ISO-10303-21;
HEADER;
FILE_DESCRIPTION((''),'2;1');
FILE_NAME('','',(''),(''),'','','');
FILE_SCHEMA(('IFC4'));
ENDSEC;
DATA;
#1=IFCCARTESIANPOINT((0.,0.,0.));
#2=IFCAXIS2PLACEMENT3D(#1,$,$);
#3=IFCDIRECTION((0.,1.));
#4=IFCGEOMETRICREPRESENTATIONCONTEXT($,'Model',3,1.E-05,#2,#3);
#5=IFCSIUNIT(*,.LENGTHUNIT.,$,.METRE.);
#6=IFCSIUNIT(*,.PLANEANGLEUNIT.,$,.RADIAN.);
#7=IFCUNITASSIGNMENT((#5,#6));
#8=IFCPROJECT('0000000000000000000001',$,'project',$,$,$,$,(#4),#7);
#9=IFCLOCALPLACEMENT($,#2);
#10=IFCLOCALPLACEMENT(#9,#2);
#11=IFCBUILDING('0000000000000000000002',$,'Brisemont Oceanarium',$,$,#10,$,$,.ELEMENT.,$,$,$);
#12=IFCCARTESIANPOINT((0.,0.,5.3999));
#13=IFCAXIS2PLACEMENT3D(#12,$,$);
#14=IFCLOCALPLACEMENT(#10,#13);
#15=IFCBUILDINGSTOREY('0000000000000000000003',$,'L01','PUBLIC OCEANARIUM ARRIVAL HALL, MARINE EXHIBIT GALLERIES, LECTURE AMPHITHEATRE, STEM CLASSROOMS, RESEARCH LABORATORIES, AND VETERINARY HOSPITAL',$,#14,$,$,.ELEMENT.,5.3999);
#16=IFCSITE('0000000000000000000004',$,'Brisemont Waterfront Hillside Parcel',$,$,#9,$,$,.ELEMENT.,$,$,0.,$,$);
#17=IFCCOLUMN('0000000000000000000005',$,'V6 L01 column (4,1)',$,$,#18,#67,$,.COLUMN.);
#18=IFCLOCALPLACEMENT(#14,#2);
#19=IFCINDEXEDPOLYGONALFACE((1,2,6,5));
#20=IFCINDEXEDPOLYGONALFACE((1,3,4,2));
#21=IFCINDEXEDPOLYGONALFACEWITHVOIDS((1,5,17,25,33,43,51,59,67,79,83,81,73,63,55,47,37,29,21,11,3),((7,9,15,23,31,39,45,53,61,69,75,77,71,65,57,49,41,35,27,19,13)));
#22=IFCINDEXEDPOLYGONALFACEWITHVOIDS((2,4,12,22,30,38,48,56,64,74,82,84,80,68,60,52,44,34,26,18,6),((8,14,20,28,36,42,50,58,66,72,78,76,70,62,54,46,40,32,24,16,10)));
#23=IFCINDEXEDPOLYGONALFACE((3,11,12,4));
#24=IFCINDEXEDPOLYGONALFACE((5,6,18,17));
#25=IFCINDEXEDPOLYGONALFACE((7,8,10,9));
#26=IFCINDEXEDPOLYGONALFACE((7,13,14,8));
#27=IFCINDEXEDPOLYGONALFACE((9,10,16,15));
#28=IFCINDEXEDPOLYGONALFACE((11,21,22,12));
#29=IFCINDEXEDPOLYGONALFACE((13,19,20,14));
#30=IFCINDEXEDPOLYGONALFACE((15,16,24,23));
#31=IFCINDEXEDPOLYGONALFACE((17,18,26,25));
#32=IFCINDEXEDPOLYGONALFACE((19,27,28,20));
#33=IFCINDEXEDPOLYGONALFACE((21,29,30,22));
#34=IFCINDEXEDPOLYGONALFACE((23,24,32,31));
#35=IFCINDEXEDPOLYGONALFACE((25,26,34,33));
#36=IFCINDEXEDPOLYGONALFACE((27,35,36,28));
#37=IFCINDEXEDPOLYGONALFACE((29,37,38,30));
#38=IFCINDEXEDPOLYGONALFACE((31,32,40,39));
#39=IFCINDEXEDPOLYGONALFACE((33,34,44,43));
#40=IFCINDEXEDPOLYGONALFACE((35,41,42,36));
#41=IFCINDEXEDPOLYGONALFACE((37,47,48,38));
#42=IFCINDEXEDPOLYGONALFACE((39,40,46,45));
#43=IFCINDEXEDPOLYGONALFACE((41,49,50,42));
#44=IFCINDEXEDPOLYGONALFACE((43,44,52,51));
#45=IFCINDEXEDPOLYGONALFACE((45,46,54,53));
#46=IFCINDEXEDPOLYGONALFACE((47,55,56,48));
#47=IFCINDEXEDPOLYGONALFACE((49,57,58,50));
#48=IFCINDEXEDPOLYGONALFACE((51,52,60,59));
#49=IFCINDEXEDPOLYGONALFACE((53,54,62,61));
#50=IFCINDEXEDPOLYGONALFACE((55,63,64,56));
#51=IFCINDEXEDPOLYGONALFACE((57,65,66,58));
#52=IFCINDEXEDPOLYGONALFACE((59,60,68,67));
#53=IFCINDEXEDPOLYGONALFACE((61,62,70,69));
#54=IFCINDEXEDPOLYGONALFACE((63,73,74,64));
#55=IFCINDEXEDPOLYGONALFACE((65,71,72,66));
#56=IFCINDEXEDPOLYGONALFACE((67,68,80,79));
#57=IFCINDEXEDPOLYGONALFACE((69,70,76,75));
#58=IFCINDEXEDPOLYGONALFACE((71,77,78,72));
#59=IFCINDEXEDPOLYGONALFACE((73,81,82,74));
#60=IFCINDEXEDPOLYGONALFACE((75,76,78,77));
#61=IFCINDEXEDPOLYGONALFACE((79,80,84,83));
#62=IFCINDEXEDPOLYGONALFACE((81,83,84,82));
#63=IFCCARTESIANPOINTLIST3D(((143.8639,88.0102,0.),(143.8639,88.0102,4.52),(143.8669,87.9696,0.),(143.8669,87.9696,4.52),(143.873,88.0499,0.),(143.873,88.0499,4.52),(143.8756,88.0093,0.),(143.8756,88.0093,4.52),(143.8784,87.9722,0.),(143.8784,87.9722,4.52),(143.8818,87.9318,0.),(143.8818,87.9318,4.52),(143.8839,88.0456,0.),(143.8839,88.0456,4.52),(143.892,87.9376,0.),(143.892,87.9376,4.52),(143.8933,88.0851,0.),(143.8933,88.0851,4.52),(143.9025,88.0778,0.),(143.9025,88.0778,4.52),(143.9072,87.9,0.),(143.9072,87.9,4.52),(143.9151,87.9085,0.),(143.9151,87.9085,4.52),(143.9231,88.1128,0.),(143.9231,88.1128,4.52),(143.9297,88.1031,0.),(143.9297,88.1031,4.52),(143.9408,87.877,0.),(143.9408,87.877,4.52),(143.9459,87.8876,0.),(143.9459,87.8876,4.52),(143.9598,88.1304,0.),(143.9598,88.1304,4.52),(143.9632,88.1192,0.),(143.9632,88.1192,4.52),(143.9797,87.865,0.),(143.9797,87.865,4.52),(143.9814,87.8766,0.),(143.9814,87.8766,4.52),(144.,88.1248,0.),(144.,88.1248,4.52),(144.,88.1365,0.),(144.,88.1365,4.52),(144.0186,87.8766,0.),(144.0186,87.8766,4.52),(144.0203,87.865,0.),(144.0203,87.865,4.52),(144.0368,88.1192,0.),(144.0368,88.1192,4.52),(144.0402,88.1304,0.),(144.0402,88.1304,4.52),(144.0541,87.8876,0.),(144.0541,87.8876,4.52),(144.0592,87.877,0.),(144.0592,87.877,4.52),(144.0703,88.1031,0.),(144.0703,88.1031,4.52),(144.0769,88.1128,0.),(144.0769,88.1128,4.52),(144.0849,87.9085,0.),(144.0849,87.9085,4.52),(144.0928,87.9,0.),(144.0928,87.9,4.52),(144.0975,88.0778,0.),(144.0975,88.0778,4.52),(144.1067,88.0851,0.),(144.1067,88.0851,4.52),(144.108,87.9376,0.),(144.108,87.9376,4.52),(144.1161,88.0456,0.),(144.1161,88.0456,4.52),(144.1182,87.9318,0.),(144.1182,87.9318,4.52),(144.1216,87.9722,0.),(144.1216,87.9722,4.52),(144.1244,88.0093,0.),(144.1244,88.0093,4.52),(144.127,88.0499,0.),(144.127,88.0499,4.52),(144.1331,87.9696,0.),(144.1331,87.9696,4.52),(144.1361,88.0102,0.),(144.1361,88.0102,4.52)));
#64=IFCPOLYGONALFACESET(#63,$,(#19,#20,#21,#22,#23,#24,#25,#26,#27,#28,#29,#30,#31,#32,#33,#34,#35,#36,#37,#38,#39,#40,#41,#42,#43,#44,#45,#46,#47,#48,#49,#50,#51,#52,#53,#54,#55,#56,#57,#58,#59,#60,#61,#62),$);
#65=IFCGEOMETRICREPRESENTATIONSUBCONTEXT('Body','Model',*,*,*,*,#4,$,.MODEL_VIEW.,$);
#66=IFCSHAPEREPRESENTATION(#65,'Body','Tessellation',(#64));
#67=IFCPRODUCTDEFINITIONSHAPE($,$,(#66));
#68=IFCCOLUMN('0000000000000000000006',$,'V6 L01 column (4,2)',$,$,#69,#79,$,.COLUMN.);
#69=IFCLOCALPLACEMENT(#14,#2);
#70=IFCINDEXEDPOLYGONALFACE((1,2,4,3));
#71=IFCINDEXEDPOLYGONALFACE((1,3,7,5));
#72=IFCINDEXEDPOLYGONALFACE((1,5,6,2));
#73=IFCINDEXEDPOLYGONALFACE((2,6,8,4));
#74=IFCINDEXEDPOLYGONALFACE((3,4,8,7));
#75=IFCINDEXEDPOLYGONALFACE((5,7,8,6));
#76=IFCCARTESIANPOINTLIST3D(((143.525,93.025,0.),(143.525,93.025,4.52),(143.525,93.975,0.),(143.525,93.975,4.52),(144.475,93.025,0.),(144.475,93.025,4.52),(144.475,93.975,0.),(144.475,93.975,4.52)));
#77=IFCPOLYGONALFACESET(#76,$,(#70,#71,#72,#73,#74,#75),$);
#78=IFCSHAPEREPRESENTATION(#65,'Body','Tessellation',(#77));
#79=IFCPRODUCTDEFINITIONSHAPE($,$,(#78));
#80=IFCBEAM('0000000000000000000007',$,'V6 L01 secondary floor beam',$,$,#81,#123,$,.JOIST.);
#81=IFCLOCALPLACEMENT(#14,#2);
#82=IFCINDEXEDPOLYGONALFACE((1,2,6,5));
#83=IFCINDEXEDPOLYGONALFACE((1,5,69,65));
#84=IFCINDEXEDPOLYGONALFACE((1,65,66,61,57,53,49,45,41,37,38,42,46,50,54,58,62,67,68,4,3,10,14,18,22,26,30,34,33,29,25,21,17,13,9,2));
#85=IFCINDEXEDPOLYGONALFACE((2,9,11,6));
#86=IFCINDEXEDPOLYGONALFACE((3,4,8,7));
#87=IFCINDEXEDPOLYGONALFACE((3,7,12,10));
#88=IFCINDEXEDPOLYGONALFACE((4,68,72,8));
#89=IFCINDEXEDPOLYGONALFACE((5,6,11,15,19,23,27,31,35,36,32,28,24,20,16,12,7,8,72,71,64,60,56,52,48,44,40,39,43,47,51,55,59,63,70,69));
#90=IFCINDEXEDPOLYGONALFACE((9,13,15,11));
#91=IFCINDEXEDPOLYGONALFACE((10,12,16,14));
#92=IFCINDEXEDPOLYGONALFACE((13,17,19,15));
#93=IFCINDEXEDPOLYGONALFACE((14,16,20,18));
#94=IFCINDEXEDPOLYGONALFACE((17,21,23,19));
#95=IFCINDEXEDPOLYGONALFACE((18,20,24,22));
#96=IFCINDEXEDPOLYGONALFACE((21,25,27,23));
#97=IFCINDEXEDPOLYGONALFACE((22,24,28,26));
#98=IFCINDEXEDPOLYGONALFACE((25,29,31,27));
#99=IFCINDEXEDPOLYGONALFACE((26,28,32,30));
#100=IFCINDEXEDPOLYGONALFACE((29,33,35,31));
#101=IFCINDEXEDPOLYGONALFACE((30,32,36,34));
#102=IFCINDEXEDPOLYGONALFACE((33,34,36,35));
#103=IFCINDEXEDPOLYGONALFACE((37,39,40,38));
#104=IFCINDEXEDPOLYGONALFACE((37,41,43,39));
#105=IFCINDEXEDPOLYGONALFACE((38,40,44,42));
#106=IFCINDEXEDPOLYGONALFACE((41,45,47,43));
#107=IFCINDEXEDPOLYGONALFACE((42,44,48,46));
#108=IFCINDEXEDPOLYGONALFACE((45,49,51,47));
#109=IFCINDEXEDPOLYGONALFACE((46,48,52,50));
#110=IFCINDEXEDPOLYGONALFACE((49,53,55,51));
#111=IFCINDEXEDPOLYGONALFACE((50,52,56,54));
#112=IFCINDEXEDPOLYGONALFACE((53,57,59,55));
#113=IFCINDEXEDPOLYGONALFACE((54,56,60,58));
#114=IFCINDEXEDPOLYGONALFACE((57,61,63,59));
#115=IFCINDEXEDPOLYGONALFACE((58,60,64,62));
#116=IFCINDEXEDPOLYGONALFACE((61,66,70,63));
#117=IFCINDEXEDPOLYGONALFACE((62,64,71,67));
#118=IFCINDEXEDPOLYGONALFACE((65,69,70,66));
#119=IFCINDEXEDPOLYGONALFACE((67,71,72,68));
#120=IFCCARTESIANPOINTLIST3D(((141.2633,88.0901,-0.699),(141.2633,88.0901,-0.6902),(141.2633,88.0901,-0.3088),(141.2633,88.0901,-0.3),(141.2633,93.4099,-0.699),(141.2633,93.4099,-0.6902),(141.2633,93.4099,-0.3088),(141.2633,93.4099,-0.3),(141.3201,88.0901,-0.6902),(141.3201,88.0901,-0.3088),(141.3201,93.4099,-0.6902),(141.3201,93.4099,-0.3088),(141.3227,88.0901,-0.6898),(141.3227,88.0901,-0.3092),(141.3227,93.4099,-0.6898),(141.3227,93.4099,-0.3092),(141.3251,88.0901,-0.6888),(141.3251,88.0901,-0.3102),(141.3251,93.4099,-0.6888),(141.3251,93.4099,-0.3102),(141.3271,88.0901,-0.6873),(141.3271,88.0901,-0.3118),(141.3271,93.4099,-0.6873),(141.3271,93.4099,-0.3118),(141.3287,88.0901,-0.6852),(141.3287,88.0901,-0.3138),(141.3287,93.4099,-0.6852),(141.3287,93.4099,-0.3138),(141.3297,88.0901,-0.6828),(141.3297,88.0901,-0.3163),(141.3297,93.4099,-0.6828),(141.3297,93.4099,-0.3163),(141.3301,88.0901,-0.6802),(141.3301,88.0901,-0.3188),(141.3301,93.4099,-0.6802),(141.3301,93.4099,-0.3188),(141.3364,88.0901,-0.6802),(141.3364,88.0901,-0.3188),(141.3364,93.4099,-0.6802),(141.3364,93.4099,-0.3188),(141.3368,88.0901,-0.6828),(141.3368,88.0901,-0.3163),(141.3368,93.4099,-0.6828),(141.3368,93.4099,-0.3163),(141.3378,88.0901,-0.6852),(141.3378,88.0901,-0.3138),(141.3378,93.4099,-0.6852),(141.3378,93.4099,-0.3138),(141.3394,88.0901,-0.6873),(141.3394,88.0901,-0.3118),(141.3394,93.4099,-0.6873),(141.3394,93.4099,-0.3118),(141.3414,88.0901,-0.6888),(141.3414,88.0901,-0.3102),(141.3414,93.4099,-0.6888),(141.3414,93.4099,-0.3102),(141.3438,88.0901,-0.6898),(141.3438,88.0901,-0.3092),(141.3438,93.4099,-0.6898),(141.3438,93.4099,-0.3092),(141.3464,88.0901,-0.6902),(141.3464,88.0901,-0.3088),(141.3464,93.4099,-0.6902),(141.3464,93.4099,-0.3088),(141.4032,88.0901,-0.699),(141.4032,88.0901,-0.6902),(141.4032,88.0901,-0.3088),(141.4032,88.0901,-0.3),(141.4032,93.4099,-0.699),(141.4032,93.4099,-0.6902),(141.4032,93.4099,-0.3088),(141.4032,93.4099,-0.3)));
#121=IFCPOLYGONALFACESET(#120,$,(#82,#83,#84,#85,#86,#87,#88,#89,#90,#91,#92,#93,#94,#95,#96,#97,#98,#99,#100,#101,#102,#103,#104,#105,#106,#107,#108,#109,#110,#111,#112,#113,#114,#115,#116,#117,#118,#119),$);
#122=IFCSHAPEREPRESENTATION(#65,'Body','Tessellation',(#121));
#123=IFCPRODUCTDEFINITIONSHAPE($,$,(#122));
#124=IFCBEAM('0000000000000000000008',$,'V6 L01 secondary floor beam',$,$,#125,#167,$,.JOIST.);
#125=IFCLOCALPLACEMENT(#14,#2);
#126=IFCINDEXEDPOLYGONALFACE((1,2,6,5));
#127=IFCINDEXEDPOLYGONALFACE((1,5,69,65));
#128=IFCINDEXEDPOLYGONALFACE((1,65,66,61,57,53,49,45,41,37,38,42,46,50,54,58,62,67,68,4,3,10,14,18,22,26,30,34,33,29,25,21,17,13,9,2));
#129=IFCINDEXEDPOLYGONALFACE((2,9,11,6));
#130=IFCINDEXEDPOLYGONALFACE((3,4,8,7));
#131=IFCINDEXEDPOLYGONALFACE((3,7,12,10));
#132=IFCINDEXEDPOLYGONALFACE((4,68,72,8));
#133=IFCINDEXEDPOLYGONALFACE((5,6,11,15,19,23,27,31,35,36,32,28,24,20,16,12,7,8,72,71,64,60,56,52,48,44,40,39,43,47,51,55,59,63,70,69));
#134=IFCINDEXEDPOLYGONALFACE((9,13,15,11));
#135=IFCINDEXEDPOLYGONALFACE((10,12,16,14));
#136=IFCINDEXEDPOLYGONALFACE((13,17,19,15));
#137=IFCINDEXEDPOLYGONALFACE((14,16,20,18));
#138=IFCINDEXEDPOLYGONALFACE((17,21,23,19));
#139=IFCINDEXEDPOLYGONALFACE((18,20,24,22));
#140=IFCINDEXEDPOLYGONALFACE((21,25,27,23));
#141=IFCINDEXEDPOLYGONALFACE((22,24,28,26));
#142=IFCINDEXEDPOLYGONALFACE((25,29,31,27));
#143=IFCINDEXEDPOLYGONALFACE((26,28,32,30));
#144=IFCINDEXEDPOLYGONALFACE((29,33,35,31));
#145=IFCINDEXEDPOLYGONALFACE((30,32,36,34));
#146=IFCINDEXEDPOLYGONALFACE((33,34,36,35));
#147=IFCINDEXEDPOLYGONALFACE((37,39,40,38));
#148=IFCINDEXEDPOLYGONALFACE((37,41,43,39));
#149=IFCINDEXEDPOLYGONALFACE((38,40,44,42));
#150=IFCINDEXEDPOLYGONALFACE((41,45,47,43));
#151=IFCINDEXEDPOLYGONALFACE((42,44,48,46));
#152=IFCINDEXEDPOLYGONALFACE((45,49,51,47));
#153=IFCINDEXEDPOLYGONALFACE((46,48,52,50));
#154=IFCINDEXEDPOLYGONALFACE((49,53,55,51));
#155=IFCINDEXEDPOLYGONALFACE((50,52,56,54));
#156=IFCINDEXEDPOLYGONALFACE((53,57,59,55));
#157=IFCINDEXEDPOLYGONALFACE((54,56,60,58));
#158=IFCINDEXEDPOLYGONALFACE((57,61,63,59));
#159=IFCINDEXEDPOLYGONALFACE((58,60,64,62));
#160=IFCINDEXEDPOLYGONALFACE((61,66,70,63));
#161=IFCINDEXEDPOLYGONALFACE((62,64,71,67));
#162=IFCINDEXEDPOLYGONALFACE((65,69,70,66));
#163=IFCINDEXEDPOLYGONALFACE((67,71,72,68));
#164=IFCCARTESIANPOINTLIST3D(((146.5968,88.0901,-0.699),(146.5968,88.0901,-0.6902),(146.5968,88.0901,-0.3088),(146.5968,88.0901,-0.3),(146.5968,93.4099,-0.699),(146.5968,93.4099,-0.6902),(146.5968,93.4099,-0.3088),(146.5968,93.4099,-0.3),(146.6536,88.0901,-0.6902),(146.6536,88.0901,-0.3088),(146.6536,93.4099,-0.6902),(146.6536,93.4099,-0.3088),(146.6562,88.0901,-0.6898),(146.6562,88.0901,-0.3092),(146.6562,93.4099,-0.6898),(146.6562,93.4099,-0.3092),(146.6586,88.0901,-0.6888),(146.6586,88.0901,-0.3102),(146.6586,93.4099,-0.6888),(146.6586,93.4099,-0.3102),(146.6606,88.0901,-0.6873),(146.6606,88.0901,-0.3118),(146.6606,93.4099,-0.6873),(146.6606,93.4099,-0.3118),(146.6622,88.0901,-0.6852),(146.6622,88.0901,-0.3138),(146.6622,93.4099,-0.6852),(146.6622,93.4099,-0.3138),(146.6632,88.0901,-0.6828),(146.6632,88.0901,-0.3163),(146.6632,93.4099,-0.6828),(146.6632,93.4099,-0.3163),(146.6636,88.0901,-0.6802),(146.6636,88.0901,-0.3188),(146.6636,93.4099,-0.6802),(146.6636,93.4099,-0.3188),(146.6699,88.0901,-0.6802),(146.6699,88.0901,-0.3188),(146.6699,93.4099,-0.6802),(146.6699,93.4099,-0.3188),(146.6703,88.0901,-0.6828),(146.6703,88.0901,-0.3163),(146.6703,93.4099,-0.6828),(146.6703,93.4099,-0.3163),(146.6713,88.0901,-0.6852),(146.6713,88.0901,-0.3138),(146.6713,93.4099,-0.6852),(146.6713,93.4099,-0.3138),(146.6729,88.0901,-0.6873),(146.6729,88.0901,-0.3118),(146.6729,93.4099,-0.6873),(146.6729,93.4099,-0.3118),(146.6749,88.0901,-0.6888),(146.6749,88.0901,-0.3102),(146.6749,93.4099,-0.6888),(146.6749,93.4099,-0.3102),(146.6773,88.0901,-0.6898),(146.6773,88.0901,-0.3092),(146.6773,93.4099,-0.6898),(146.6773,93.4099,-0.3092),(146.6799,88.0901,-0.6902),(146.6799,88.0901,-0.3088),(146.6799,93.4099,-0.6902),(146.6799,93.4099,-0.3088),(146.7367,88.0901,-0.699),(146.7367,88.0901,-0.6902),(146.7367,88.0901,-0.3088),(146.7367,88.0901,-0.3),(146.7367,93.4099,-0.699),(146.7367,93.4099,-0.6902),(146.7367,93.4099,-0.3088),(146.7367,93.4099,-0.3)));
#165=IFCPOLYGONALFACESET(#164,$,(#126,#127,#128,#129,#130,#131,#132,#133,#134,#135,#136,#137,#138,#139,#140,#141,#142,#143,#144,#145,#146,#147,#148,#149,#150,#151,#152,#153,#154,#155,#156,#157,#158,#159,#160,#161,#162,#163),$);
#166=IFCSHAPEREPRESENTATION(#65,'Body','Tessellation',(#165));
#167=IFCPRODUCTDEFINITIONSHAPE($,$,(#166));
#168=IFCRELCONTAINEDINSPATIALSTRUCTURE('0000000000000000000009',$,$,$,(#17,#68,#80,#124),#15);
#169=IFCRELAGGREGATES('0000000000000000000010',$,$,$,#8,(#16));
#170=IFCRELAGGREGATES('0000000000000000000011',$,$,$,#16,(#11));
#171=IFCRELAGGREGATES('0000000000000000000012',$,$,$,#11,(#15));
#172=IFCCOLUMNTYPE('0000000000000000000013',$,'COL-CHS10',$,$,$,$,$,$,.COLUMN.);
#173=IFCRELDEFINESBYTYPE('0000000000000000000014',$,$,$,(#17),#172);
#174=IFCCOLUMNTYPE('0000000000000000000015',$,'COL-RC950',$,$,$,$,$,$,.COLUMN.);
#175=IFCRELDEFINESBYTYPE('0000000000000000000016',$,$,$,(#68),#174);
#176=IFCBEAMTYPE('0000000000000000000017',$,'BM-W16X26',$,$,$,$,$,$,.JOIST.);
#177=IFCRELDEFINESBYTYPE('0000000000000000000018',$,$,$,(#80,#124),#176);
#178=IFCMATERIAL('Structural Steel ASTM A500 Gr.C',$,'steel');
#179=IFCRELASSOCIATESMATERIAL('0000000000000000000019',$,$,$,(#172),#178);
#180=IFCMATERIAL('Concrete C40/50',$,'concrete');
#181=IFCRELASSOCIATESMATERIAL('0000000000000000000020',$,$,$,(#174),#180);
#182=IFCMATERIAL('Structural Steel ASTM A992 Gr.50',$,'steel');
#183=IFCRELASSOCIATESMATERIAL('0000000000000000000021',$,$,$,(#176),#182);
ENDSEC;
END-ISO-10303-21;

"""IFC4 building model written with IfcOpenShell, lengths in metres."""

from ifc_helpers import new_model, si_unit, direction, frame, origin, origin_2d, place, context, subcontext, project, spatial, rectangle, hollow_circle, i_section, extrude, material, material_profile, profile_set, type_object, element, save


model = new_model("IFC4")

# Units and contexts
model_context = context("Model", 3, precision=1e-05, world=origin(), true_north=direction((0.0, 1.0)))
body_context = subcontext(model_context, "Body", "Model", "MODEL_VIEW")
ifc_project = project(units=[si_unit("LENGTHUNIT", "METRE"), si_unit("PLANEANGLEUNIT", "RADIAN")], contexts=[model_context])

# Site, building, storey
site_placement = place(None, origin())
site = spatial("IfcSite", under=ifc_project, at=site_placement, Name="Brisemont Waterfront Hillside Parcel", CompositionType="ELEMENT", RefElevation=0.0)
building_placement = place(site_placement, origin())
building = spatial("IfcBuilding", under=site, at=building_placement, Name="Brisemont Oceanarium", CompositionType="ELEMENT")
storey_placement = place(building_placement, frame((0.0, 0.0, 5.3999)))
storey = spatial("IfcBuildingStorey", under=building, at=storey_placement, Name="L01", Description="PUBLIC OCEANARIUM ARRIVAL HALL, MARINE EXHIBIT GALLERIES, LECTURE AMPHITHEATRE, STEM CLASSROOMS, RESEARCH LABORATORIES, AND VETERINARY HOSPITAL", CompositionType="ELEMENT", Elevation=5.3999)

# Columns
ifc_material_1 = material(Name="Structural Steel ASTM A500 Gr.C", Category="steel")
ifc_material_profile_1 = material_profile(ifc_material_1, hollow_circle(Radius=0.1365, WallThickness=0.0117, at=origin_2d()), Name="HSS10.750X0.500")
ifc_profile_set_1 = profile_set([ifc_material_profile_1], Name="Structural Steel ASTM A500 Gr.C")
column_type_1 = type_object("IfcColumnType", Name="COL-CHS10", PredefinedType="COLUMN", material=ifc_profile_set_1)
column_1_placement = place(storey_placement, frame((144.0, 88.0, 0.0), z_axis=(0.0, 0.0, 1.0), x_axis=(0.0, 1.0, 0.0)))
element("IfcColumn", 1, at=column_1_placement, inside=storey, type_object=column_type_1, Name="V6 L01 column (4,1)", PredefinedType="COLUMN", context=body_context, shape_type="SweptSolid", body=[
    extrude(hollow_circle(Radius=0.1365, WallThickness=0.0117, at=origin_2d()), origin(), (0.0, 0.0, 1.0), 4.52),
])
ifc_material_2 = material(Name="Concrete C40/50", Category="concrete")
ifc_material_profile_2 = material_profile(ifc_material_2, rectangle(XDim=0.95, YDim=0.95, at=origin_2d()), Name="RC-COL-950X950")
ifc_profile_set_2 = profile_set([ifc_material_profile_2], Name="Concrete C40/50")
column_type_2 = type_object("IfcColumnType", Name="COL-RC950", PredefinedType="COLUMN", material=ifc_profile_set_2)
column_2_placement = place(storey_placement, frame((144.0, 93.5, 0.0), z_axis=(0.0, 0.0, 1.0), x_axis=(1.0, 0.0, 0.0)))
element("IfcColumn", 2, at=column_2_placement, inside=storey, type_object=column_type_2, Name="V6 L01 column (4,2)", PredefinedType="COLUMN", context=body_context, shape_type="SweptSolid", body=[
    extrude(rectangle(XDim=0.95, YDim=0.95, at=origin_2d()), origin(), (0.0, 0.0, 1.0), 4.52),
])

# Beams
ifc_material_3 = material(Name="Structural Steel ASTM A992 Gr.50", Category="steel")
ifc_material_profile_3 = material_profile(ifc_material_3, i_section(OverallWidth=0.1399, OverallDepth=0.3989, WebThickness=0.0063, FlangeThickness=0.0088, FilletRadius=0.01, at=origin_2d()), Name="W16X26")
ifc_profile_set_3 = profile_set([ifc_material_profile_3], Name="Structural Steel ASTM A992 Gr.50")
beam_type_1 = type_object("IfcBeamType", Name="BM-W16X26", PredefinedType="JOIST", material=ifc_profile_set_3)
for number, where, z_axis, x_axis, name in (
    (3, (141.3333, 88.0901, -0.4995), (0.0, 1.0, 0.0), (-1.0, 0.0, 0.0), "V6 L01 secondary floor beam"),
    (4, (146.6667, 88.0901, -0.4995), (0.0, 1.0, 0.0), (-1.0, 0.0, 0.0), "V6 L01 secondary floor beam"),
):
    element("IfcBeam", number, at=place(storey_placement, frame(where, z_axis=z_axis, x_axis=x_axis)), inside=storey, type_object=beam_type_1, Name=name, PredefinedType="JOIST", context=body_context, shape_type="SweptSolid", body=[
        extrude(i_section(OverallWidth=0.1399, OverallDepth=0.3989, WebThickness=0.0063, FlangeThickness=0.0088, FilletRadius=0.01, at=origin_2d()), origin(), (0.0, 0.0, 1.0), 5.3198),
    ])

save(model, "model.ifc")
